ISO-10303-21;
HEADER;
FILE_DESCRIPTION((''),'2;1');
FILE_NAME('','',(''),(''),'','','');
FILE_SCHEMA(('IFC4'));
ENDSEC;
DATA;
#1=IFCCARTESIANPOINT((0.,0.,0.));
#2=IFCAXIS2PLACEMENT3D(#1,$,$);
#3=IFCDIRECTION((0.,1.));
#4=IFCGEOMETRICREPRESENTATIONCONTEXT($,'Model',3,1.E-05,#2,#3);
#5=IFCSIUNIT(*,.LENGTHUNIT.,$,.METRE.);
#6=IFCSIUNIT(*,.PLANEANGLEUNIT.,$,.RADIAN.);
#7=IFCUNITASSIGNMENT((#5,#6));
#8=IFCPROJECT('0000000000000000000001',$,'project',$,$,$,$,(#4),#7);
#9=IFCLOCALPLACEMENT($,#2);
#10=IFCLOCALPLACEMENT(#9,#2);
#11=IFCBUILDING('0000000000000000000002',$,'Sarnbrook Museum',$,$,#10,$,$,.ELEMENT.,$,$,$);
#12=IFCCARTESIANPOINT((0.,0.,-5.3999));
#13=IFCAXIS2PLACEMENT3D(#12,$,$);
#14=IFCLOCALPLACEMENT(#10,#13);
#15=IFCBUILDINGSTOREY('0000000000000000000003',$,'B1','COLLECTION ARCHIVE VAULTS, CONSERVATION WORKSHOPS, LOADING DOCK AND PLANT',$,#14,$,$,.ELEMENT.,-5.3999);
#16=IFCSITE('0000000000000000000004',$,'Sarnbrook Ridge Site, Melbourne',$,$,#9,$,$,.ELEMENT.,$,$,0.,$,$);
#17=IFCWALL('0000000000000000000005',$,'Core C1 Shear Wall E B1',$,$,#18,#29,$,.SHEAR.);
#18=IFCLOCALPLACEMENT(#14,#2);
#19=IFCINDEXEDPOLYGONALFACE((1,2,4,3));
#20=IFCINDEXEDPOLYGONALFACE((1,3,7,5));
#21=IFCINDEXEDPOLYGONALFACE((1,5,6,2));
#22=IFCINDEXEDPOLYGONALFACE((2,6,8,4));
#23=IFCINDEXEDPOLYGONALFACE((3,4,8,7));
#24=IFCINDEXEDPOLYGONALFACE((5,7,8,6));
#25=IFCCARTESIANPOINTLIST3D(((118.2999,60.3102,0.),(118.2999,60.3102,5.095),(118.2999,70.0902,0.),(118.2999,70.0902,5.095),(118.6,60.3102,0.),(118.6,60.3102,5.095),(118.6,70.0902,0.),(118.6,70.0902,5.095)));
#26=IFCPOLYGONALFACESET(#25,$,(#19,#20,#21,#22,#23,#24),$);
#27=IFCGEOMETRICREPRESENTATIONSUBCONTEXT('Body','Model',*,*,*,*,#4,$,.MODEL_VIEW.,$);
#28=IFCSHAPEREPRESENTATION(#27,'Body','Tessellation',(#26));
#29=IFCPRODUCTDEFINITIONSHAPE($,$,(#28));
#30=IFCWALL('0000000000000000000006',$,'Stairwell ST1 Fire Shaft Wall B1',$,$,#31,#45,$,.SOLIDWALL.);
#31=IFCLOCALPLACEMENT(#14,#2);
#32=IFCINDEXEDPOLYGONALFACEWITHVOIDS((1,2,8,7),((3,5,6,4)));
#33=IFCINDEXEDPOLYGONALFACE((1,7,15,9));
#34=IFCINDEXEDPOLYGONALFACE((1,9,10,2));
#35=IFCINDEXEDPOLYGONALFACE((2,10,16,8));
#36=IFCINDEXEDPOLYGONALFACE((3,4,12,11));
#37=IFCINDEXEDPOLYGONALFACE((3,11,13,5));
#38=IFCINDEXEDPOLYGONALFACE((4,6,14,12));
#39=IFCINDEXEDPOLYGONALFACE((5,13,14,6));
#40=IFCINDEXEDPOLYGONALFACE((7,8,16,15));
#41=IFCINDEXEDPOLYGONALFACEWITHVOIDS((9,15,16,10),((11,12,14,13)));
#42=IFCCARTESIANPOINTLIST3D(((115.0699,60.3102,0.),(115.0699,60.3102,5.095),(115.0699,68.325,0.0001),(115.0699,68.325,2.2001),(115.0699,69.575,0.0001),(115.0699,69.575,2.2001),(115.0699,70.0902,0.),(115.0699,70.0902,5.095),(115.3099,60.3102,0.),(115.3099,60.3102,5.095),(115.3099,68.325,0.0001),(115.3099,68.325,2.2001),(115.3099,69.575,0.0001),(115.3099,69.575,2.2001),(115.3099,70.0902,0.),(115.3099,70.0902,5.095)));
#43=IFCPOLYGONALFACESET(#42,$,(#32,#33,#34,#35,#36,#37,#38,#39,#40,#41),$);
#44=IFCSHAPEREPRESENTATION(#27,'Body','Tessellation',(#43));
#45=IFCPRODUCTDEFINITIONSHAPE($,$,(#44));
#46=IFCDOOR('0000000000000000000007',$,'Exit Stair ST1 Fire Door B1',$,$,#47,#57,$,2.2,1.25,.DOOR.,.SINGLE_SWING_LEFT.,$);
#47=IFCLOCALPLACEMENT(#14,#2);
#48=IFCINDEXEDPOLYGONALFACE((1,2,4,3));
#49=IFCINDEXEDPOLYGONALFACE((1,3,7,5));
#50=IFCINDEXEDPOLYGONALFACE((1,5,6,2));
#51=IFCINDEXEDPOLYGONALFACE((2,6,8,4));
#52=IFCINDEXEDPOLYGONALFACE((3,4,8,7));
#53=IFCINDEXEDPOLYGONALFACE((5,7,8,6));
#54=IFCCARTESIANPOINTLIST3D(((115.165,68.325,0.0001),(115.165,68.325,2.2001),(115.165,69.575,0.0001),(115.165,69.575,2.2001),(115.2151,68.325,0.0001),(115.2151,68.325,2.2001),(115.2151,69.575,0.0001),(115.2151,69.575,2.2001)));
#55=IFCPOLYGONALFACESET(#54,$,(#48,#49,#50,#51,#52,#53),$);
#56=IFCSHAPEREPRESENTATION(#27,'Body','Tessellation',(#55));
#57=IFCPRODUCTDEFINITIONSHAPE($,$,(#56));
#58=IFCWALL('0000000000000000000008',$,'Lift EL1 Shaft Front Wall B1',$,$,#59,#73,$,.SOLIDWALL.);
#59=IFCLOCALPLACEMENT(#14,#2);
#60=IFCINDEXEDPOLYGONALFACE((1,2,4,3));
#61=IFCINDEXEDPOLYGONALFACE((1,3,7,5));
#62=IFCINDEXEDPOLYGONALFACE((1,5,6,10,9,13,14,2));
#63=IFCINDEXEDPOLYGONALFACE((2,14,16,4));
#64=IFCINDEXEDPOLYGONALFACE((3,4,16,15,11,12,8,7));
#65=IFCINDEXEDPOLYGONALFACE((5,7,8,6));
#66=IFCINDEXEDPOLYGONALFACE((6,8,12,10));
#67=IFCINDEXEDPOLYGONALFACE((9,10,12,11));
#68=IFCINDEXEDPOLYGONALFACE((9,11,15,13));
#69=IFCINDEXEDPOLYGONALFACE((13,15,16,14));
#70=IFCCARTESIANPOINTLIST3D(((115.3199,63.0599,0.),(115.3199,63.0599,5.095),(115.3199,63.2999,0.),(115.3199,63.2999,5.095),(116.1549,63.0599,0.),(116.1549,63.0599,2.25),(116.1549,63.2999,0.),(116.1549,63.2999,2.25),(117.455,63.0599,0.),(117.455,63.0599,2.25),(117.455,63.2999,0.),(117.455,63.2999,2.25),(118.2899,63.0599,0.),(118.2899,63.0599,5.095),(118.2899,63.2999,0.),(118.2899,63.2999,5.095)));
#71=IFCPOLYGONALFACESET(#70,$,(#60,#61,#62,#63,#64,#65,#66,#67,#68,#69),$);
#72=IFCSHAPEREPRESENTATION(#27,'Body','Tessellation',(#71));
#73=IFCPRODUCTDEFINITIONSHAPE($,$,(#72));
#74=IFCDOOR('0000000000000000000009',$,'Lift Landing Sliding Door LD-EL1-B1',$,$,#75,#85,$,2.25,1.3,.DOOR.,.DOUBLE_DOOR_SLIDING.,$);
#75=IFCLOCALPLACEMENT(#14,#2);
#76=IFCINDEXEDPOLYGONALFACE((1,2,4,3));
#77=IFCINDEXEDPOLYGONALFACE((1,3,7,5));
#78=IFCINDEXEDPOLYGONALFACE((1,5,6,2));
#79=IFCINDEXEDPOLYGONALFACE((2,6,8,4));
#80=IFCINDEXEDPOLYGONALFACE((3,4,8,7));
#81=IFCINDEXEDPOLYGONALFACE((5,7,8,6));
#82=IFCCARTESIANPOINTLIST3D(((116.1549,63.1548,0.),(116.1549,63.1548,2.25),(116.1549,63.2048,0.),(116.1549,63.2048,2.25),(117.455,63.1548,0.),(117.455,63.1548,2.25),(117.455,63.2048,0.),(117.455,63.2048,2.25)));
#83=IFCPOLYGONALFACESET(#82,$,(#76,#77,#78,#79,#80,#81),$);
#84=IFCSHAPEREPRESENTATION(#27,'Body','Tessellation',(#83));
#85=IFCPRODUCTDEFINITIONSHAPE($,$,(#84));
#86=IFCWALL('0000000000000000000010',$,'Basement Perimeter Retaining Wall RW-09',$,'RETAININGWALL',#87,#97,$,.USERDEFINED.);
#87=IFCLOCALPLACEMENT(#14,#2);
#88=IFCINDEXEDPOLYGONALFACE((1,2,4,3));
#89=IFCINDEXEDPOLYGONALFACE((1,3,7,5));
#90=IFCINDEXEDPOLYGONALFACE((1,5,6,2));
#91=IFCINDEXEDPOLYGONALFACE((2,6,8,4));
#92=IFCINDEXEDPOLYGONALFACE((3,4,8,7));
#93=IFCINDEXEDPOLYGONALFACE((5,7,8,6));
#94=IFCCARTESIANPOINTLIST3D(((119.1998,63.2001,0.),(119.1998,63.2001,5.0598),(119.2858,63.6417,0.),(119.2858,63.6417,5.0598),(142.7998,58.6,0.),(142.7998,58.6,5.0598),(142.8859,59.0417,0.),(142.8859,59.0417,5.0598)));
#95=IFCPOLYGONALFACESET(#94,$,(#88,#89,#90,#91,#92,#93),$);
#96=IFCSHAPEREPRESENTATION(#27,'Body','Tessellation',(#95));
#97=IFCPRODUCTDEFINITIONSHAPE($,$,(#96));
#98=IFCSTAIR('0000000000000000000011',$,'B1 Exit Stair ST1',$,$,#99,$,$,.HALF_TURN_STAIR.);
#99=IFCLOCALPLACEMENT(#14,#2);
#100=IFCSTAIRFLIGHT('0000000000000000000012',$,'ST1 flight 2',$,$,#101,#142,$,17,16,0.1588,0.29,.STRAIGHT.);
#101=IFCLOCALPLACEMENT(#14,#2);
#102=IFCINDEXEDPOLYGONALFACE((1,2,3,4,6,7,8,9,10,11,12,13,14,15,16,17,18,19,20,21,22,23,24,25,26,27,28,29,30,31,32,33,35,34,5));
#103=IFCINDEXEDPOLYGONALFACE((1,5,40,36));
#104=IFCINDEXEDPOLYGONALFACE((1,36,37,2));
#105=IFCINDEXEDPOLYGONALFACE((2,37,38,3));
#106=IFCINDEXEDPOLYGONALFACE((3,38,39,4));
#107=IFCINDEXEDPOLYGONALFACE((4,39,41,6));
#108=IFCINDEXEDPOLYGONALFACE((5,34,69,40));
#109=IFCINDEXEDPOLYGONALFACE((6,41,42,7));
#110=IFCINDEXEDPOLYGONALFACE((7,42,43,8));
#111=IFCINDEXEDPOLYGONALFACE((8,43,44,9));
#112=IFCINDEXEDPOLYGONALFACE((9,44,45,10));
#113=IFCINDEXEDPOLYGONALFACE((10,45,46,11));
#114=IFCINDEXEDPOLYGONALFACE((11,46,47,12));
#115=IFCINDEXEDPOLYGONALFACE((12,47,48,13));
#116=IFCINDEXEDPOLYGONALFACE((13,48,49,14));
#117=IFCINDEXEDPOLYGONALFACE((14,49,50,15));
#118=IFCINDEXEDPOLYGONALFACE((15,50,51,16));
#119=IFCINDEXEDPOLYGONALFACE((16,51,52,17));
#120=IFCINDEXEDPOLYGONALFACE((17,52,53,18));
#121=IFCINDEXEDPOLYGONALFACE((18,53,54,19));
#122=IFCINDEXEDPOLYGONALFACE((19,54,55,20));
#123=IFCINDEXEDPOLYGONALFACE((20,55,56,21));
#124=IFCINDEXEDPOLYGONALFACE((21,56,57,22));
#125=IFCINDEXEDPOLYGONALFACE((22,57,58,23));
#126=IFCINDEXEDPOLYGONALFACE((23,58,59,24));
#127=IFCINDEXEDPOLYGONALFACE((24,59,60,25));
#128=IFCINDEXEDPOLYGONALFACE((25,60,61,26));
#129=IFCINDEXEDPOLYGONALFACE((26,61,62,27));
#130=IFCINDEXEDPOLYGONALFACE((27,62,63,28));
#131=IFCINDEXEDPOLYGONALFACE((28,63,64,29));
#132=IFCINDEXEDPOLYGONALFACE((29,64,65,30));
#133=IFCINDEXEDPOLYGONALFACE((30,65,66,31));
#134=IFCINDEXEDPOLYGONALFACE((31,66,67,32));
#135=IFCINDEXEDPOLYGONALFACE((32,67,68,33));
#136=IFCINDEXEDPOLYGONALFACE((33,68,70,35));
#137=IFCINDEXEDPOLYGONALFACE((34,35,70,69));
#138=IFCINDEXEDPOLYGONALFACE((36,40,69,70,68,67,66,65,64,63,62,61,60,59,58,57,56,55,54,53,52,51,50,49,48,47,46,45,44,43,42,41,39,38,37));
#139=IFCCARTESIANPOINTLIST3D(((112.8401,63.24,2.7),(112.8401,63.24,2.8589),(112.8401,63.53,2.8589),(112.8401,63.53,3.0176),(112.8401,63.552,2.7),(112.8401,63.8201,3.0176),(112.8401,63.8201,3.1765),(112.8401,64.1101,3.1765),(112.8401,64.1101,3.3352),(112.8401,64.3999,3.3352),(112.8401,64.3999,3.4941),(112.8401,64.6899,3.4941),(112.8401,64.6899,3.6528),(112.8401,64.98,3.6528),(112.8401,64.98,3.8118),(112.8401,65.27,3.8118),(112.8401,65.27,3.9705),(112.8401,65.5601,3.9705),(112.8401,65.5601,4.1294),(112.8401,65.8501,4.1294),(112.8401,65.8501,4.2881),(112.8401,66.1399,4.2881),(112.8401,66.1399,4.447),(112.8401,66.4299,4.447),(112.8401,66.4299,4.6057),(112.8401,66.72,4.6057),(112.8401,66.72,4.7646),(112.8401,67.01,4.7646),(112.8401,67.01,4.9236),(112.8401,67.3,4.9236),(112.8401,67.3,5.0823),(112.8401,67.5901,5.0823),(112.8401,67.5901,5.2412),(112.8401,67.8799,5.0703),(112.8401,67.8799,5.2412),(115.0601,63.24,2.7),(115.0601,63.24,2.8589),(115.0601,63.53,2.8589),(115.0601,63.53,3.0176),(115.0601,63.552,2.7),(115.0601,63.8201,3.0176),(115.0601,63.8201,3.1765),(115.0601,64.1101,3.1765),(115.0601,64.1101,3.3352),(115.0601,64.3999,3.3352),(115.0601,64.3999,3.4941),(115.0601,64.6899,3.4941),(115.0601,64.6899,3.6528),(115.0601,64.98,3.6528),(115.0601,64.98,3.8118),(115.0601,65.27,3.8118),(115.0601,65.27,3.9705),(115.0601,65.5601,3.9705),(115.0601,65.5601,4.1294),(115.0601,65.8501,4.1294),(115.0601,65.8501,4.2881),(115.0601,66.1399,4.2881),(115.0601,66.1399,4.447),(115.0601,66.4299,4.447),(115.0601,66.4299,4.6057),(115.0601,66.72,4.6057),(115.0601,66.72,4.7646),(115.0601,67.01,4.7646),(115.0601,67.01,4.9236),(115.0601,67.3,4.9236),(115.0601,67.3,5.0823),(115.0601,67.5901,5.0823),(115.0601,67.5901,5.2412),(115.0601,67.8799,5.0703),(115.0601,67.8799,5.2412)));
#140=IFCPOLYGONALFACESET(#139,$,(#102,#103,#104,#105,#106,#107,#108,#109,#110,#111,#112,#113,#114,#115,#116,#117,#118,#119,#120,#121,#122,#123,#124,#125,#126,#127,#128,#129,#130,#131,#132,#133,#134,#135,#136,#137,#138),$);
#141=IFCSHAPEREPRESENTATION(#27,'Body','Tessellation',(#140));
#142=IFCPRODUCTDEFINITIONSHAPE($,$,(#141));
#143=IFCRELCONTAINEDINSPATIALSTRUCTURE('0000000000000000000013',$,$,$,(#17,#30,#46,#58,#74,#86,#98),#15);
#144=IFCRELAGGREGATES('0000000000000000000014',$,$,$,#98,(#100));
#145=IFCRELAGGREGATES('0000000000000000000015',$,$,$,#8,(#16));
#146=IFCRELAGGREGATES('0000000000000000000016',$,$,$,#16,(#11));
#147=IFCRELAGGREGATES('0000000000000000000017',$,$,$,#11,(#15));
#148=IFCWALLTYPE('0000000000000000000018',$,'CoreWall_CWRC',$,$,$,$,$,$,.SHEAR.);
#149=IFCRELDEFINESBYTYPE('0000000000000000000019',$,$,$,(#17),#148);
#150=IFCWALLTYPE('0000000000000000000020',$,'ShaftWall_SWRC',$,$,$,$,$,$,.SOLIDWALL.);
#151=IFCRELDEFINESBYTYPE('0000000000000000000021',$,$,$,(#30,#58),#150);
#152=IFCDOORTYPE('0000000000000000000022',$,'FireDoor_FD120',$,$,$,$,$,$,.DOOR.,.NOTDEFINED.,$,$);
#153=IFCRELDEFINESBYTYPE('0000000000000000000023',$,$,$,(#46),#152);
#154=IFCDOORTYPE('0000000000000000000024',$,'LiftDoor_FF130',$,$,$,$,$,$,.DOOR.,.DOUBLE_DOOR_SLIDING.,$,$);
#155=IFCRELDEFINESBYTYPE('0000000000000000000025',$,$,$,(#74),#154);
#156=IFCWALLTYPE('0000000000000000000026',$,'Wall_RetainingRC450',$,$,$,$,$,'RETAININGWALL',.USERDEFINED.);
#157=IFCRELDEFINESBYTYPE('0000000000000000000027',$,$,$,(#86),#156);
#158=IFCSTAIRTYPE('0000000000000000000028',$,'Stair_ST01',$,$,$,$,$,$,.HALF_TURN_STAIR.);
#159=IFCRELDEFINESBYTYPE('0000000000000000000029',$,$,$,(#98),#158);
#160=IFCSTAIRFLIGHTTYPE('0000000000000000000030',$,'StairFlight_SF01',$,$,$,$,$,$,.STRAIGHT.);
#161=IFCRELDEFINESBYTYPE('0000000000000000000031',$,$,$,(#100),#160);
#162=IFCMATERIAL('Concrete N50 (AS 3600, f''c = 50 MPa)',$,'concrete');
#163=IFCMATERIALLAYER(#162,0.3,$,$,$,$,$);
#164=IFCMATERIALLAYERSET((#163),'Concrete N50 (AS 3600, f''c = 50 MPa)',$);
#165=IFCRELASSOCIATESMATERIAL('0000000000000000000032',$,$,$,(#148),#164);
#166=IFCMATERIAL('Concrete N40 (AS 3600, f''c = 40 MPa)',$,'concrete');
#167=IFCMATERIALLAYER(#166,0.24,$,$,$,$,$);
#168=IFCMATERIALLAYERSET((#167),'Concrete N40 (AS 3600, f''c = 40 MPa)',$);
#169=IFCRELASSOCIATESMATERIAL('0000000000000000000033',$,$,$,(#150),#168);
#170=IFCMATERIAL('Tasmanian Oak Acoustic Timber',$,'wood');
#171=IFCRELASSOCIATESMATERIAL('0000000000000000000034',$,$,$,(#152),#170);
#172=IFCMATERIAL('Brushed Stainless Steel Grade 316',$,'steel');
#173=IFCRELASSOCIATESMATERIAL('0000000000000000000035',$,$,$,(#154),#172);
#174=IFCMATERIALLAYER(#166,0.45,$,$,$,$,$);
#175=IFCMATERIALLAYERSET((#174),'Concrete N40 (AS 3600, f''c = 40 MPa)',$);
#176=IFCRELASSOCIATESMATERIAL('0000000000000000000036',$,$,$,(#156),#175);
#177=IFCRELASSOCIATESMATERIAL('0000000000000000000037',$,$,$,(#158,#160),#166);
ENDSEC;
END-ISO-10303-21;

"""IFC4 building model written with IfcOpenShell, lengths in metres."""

from ifc_helpers import new_model, si_unit, direction, frame, frame_2d, origin, place, context, subcontext, project, spatial, polyline, rectangle, outline, extrude, material, layer, layer_set, type_object, element, fill, aggregate, save


model = new_model("IFC4")

# Units and contexts
model_context = context("Model", 3, precision=1e-05, world=origin(), true_north=direction((0.0, 1.0)))
body_context = subcontext(model_context, "Body", "Model", "MODEL_VIEW")
ifc_project = project(units=[si_unit("LENGTHUNIT", "METRE"), si_unit("PLANEANGLEUNIT", "RADIAN")], contexts=[model_context])

# Site, building, storey
site_placement = place(None, origin())
site = spatial("IfcSite", under=ifc_project, at=site_placement, Name="Sarnbrook Ridge Site, Melbourne", CompositionType="ELEMENT", RefElevation=0.0)
building_placement = place(site_placement, origin())
building = spatial("IfcBuilding", under=site, at=building_placement, Name="Sarnbrook Museum", CompositionType="ELEMENT")
storey_placement = place(building_placement, frame((0.0, 0.0, -5.3999)))
storey = spatial("IfcBuildingStorey", under=building, at=storey_placement, Name="B1", Description="COLLECTION ARCHIVE VAULTS, CONSERVATION WORKSHOPS, LOADING DOCK AND PLANT", CompositionType="ELEMENT", Elevation=-5.3999)

# Shared definitions
ifc_material_1 = material(Name="Concrete N50 (AS 3600, f'c = 50 MPa)", Category="concrete")

# Shared definitions
ifc_material_2 = material(Name="Concrete N40 (AS 3600, f'c = 40 MPa)", Category="concrete")

# Wall
ifc_layer_1 = layer(ifc_material_1, 0.3)
ifc_layer_set_1 = layer_set([ifc_layer_1], Name="Concrete N50 (AS 3600, f'c = 50 MPa)")
wall_type_1 = type_object("IfcWallType", Name="CoreWall_CWRC", PredefinedType="SHEAR", material=ifc_layer_set_1)
wall_1_placement = place(storey_placement, frame((118.45, 60.3101, 0.0), z_axis=(0.0, 0.0, 1.0), x_axis=(0.0, 1.0, 0.0)))
element("IfcWall", 1, at=wall_1_placement, inside=storey, type_object=wall_type_1, Name="Core C1 Shear Wall E B1", PredefinedType="SHEAR", context=body_context, shape_type="SweptSolid", body=[
    extrude(rectangle(XDim=9.78, YDim=0.3, at=frame_2d((4.8901, 0.0))), origin(), (0.0, 0.0, 1.0), 5.095),
])

# Walls, openings, doors
ifc_layer_2 = layer(ifc_material_2, 0.24)
ifc_layer_set_2 = layer_set([ifc_layer_2], Name="Concrete N40 (AS 3600, f'c = 40 MPa)")
wall_type_2 = type_object("IfcWallType", Name="ShaftWall_SWRC", PredefinedType="SOLIDWALL", material=ifc_layer_set_2)
wall_2_placement = place(storey_placement, frame((115.1899, 60.3101, 0.0), z_axis=(0.0, 0.0, 1.0), x_axis=(0.0, 1.0, 0.0)))
wall_2 = element("IfcWall", 2, at=wall_2_placement, inside=storey, type_object=wall_type_2, Name="Stairwell ST1 Fire Shaft Wall B1", PredefinedType="SOLIDWALL", context=body_context, shape_type="SweptSolid", body=[
    extrude(rectangle(XDim=9.78, YDim=0.24, at=frame_2d((4.8901, 0.0))), origin(), (0.0, 0.0, 1.0), 5.095),
])
opening_1_placement = place(wall_2_placement, frame((8.0149, 0.0, 0.0)))
opening_1 = element("IfcOpeningElement", 3, at=opening_1_placement, cuts=wall_2, PredefinedType="OPENING", context=body_context, shape_type="SweptSolid", body=[
    extrude(rectangle(XDim=1.25, YDim=2.2, at=frame_2d((0.625, 1.1001))), frame((0.0, 0.1299, 0.0), z_axis=(0.0, -1.0, 0.0), x_axis=(1.0, 0.0, 0.0)), (0.0, 0.0, 1.0), 0.26),
])
ifc_material_3 = material(Name="Tasmanian Oak Acoustic Timber", Category="wood")
door_type_1 = type_object("IfcDoorType", Name="FireDoor_FD120", OperationType="NOTDEFINED", PredefinedType="DOOR", material=ifc_material_3)
door_1_placement = place(opening_1_placement, origin())
door_1 = element("IfcDoor", 4, at=door_1_placement, inside=storey, type_object=door_type_1, Name="Exit Stair ST1 Fire Door B1", OperationType="SINGLE_SWING_LEFT", OverallHeight=2.2, OverallWidth=1.25, PredefinedType="DOOR", context=body_context, shape_type="SweptSolid", body=[
    extrude(rectangle(XDim=1.25, YDim=2.2, at=frame_2d((0.625, 1.1001))), frame((0.0, 0.0249, 0.0), z_axis=(0.0, -1.0, 0.0), x_axis=(1.0, 0.0, 0.0)), (0.0, 0.0, 1.0), 0.05),
])
fill(opening_1, door_1)
wall_3_placement = place(storey_placement, frame((115.3201, 63.1799, 0.0), z_axis=(0.0, 0.0, 1.0), x_axis=(1.0, 0.0, 0.0)))
wall_3 = element("IfcWall", 5, at=wall_3_placement, inside=storey, type_object=wall_type_2, Name="Lift EL1 Shaft Front Wall B1", PredefinedType="SOLIDWALL", context=body_context, shape_type="SweptSolid", body=[
    extrude(rectangle(XDim=2.97, YDim=0.24, at=frame_2d((1.4849, 0.0))), origin(), (0.0, 0.0, 1.0), 5.095),
])
opening_2_placement = place(wall_3_placement, frame((0.835, 0.0, 0.0)))
opening_2 = element("IfcOpeningElement", 6, at=opening_2_placement, cuts=wall_3, PredefinedType="OPENING", context=body_context, shape_type="SweptSolid", body=[
    extrude(rectangle(XDim=1.3, YDim=2.25, at=frame_2d((0.6499, 1.125))), frame((0.0, 0.1299, 0.0), z_axis=(0.0, -1.0, 0.0), x_axis=(1.0, 0.0, 0.0)), (0.0, 0.0, 1.0), 0.26),
])
ifc_material_4 = material(Name="Brushed Stainless Steel Grade 316", Category="steel")
door_type_2 = type_object("IfcDoorType", Name="LiftDoor_FF130", OperationType="DOUBLE_DOOR_SLIDING", PredefinedType="DOOR", material=ifc_material_4)
door_2_placement = place(opening_2_placement, origin())
door_2 = element("IfcDoor", 7, at=door_2_placement, inside=storey, type_object=door_type_2, Name="Lift Landing Sliding Door LD-EL1-B1", OperationType="DOUBLE_DOOR_SLIDING", OverallHeight=2.25, OverallWidth=1.3, PredefinedType="DOOR", context=body_context, shape_type="SweptSolid", body=[
    extrude(rectangle(XDim=1.3, YDim=2.25, at=frame_2d((0.6499, 1.125))), frame((0.0, 0.0249, 0.0), z_axis=(0.0, -1.0, 0.0), x_axis=(1.0, 0.0, 0.0)), (0.0, 0.0, 1.0), 0.05),
])
fill(opening_2, door_2)

# Wall
ifc_layer_3 = layer(ifc_material_2, 0.45)
ifc_layer_set_3 = layer_set([ifc_layer_3], Name="Concrete N40 (AS 3600, f'c = 40 MPa)")
wall_type_3 = type_object("IfcWallType", Name="Wall_RetainingRC450", ElementType="RETAININGWALL", PredefinedType="USERDEFINED", material=ifc_layer_set_3)
wall_4_placement = place(storey_placement, frame((119.2429, 63.4209, 0.0), z_axis=(0.0, 0.0, 1.0), x_axis=(0.981528, -0.191318, 0.0)))
element("IfcWall", 8, at=wall_4_placement, inside=storey, type_object=wall_type_3, Name="Basement Perimeter Retaining Wall RW-09", ObjectType="RETAININGWALL", PredefinedType="USERDEFINED", context=body_context, shape_type="SweptSolid", body=[
    extrude(rectangle(XDim=24.0442, YDim=0.45, at=frame_2d((12.022, 0.0))), origin(), (0.0, 0.0, 1.0), 5.0598),
])

# Stair, stair flight
stair_type = type_object("IfcStairType", Name="Stair_ST01", PredefinedType="HALF_TURN_STAIR", material=ifc_material_2)
stair_placement = place(storey_placement, origin())
stair = element("IfcStair", 9, at=stair_placement, inside=storey, type_object=stair_type, Name="B1 Exit Stair ST1", PredefinedType="HALF_TURN_STAIR")
stair_flight_type = type_object("IfcStairFlightType", Name="StairFlight_SF01", PredefinedType="STRAIGHT", material=ifc_material_2)
stair_flight_placement = place(storey_placement, frame((113.95, 63.24, 2.7), z_axis=(0.0, 0.0, 1.0), x_axis=(0.0, 1.0, 0.0)))
stair_flight = element("IfcStairFlight", 10, at=stair_flight_placement, type_object=stair_flight_type, Name="ST1 flight 2", NumberOfRisers=17, NumberOfTreads=16, PredefinedType="STRAIGHT", RiserHeight=0.1588, TreadLength=0.29, context=body_context, shape_type="SweptSolid", body=[
    extrude(outline(polyline([(0.0, 0.0), (0.0, 0.1589), (0.29, 0.1589), (0.29, 0.3176), (0.5801, 0.3176), (0.5801, 0.4766), (0.8701, 0.4766), (0.8701, 0.6353), (1.1599, 0.6353), (1.1599, 0.7942), (1.45, 0.7942), (1.45, 0.9529), (1.74, 0.9529), (1.74, 1.1118), (2.03, 1.1118), (2.03, 1.2705), (2.3201, 1.2705), (2.3201, 1.4294), (2.6101, 1.4294), (2.6101, 1.5881), (2.8999, 1.5881), (2.8999, 1.7471), (3.1899, 1.7471), (3.1899, 1.9058), (3.48, 1.9058), (3.48, 2.0647), (3.77, 2.0647), (3.77, 2.2236), (4.0601, 2.2236), (4.0601, 2.3823), (4.3501, 2.3823), (4.3501, 2.5413), (4.6399, 2.5413), (4.6399, 2.7), (4.6399, 2.3704), (0.312, 0.0), (0.0, 0.0)])), frame((0.0, 1.1099, 0.0), z_axis=(0.0, -1.0, 0.0), x_axis=(1.0, 0.0, 0.0)), (0.0, 0.0, 1.0), 2.22),
])
aggregate(stair, [stair_flight])

save(model, "model.ifc")
